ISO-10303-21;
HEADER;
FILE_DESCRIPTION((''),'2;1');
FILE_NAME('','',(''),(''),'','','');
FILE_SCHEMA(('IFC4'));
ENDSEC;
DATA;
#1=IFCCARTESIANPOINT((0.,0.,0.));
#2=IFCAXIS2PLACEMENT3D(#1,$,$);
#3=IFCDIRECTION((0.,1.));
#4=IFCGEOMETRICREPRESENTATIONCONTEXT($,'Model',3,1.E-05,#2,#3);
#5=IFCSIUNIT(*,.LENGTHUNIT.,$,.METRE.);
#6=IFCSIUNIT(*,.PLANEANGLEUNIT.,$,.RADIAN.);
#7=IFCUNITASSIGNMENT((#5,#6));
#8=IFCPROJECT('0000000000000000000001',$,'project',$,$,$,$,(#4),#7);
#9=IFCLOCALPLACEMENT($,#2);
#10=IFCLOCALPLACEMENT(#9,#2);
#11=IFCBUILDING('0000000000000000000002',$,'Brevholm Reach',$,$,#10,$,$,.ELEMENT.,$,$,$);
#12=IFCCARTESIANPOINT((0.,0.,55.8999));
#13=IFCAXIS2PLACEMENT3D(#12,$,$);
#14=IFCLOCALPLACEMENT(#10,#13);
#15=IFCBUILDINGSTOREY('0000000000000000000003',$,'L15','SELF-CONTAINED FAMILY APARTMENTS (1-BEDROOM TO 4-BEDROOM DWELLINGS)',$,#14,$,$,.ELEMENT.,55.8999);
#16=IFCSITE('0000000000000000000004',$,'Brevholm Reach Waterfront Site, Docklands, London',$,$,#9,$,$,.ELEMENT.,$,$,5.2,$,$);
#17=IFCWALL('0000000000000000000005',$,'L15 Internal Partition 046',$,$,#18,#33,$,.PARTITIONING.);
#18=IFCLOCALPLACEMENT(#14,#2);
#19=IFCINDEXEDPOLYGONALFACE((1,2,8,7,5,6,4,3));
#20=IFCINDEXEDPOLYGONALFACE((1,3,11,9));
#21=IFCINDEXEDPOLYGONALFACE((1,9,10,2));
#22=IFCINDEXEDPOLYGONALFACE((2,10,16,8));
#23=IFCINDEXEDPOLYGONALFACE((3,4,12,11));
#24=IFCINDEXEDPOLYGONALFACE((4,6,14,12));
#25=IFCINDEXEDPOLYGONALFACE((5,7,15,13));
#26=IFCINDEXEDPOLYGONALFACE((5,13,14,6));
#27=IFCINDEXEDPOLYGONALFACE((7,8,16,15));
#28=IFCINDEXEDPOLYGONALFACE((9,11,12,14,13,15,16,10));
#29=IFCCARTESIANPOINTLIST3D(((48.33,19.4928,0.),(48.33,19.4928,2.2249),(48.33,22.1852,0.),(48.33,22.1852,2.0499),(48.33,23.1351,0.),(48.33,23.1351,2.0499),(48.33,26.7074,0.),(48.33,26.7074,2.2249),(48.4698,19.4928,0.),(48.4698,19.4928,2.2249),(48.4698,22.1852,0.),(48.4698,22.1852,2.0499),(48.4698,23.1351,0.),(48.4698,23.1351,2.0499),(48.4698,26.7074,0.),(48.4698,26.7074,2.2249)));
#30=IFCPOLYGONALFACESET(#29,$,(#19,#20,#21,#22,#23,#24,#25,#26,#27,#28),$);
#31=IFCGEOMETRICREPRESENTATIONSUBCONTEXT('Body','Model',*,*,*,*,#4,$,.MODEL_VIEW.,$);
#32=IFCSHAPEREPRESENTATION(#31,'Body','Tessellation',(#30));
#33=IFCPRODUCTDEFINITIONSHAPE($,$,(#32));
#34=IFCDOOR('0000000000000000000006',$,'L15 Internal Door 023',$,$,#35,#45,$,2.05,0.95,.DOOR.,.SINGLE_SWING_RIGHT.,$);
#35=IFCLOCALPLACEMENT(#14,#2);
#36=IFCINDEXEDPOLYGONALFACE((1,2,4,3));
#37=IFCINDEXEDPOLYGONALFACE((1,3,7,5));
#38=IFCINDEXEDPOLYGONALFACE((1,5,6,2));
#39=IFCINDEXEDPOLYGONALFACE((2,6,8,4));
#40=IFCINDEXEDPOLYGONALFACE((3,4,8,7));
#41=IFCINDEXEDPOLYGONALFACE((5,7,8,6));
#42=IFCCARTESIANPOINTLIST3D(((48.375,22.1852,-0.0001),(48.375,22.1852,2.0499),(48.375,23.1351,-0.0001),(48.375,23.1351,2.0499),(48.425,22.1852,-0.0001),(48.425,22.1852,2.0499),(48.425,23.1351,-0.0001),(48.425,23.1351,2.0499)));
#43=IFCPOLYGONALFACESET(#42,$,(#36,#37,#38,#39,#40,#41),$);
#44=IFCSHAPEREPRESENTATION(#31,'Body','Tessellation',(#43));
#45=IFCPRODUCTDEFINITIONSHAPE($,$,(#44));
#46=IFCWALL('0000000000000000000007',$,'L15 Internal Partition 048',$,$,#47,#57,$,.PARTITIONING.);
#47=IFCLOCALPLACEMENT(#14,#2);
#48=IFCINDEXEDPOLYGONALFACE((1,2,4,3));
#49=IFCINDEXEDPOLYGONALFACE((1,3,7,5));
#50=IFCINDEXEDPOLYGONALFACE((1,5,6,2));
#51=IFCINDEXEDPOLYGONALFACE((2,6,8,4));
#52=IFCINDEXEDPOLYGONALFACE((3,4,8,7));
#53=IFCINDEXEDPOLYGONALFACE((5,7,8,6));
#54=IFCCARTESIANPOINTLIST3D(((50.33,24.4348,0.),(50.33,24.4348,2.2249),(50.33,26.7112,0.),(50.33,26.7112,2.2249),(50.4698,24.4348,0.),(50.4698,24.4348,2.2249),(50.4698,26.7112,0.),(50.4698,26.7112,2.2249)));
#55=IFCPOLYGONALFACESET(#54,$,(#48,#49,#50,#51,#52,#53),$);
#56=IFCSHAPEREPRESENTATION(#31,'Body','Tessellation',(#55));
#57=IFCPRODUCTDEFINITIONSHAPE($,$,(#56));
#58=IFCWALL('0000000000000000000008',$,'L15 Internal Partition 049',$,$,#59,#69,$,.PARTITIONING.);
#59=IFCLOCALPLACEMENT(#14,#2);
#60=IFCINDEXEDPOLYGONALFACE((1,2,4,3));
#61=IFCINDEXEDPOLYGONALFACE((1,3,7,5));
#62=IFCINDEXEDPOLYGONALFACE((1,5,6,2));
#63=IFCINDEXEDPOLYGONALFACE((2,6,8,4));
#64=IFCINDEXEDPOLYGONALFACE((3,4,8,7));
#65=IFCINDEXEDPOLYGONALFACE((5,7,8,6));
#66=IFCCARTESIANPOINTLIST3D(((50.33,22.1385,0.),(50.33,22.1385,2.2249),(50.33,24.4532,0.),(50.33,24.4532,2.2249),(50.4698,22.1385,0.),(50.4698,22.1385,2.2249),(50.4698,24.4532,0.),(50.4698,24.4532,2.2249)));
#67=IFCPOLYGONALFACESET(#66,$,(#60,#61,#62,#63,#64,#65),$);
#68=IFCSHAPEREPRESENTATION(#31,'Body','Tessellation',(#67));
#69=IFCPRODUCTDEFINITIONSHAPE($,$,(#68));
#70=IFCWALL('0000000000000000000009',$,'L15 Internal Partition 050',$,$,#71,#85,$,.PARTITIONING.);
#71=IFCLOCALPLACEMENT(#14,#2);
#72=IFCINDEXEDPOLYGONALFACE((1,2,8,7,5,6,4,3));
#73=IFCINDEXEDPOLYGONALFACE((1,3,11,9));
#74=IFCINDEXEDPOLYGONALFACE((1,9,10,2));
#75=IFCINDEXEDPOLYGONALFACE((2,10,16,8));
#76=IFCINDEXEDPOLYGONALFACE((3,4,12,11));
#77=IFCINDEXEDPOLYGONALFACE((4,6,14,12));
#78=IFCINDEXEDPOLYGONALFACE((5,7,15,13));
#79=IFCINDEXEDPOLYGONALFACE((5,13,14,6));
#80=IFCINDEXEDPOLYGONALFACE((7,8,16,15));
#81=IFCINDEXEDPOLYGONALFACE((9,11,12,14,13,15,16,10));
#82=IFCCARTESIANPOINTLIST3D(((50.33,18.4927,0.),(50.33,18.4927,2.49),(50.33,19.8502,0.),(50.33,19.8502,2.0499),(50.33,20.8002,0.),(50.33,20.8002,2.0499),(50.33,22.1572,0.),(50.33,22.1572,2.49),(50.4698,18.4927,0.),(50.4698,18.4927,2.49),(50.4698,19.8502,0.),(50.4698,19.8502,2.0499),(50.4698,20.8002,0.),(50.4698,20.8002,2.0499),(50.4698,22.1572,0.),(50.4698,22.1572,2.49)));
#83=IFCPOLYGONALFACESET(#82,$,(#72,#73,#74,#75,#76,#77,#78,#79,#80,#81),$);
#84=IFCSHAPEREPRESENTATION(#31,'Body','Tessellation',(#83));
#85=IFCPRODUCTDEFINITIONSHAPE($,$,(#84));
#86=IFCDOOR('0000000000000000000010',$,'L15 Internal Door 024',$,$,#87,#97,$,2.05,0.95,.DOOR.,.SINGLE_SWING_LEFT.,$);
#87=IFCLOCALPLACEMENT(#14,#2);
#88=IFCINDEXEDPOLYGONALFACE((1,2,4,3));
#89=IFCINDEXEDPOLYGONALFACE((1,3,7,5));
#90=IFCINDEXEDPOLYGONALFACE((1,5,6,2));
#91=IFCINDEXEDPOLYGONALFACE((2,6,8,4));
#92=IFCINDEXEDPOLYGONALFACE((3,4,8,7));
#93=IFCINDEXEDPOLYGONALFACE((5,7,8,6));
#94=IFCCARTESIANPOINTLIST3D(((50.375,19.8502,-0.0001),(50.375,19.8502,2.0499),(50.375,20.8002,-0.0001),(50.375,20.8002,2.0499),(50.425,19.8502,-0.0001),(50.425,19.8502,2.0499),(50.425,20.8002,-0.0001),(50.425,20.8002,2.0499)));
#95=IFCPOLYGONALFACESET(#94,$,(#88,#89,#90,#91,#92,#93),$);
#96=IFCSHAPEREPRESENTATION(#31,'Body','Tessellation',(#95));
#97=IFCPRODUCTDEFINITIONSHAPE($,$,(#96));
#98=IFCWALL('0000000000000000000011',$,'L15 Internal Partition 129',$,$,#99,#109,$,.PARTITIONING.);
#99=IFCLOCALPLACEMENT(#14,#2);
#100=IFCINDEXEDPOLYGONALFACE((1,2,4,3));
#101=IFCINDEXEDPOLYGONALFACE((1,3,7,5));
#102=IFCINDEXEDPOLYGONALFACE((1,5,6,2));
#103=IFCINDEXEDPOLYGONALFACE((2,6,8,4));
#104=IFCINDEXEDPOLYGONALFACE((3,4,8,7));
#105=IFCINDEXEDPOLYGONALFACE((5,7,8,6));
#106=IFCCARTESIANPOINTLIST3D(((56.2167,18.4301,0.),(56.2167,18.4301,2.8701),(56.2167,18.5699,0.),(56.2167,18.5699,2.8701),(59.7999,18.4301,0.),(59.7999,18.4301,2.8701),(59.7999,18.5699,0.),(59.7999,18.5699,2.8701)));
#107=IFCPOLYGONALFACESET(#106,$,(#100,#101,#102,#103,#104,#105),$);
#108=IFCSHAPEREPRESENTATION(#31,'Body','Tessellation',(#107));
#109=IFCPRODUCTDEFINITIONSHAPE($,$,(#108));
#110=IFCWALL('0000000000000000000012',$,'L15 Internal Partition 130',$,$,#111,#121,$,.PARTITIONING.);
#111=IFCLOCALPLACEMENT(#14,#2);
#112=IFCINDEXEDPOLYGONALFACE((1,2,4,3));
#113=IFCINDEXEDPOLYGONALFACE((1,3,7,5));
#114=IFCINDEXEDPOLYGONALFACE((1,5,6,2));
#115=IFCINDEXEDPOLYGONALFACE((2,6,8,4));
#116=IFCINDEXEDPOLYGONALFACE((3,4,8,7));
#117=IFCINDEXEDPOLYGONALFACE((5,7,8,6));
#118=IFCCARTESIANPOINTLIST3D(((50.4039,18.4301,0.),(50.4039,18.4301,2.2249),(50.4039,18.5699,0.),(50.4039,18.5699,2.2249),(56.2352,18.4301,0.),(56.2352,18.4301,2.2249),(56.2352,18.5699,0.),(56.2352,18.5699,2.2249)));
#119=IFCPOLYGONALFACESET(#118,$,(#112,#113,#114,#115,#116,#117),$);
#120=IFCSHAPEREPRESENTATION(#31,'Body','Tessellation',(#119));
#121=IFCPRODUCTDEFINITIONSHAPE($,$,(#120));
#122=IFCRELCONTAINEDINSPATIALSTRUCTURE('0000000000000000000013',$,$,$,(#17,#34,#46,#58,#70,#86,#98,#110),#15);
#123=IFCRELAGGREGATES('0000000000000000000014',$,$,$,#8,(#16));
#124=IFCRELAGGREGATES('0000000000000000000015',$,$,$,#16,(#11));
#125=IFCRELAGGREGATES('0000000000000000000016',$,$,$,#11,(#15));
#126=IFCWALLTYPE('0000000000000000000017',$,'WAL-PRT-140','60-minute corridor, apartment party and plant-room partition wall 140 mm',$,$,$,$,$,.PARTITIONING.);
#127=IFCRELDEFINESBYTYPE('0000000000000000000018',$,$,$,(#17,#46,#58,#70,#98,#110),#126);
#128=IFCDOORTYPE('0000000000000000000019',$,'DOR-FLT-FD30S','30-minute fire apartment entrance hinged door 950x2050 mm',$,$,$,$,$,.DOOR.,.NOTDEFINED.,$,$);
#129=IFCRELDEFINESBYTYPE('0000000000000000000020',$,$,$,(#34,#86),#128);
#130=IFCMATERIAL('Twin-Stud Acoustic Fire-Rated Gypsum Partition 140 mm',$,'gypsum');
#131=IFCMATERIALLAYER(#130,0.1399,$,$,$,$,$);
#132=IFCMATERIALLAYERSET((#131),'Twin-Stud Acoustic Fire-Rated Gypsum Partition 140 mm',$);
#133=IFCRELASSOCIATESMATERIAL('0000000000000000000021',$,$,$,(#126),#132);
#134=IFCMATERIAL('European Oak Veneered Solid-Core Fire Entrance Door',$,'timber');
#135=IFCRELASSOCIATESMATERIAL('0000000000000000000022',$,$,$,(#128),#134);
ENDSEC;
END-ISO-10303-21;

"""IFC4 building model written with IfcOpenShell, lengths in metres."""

from ifc_helpers import new_model, si_unit, direction, frame, frame_2d, origin, place, context, subcontext, project, spatial, rectangle, extrude, material, layer, layer_set, type_object, element, fill, save


model = new_model("IFC4")

# Units and contexts
model_context = context("Model", 3, precision=1e-05, world=origin(), true_north=direction((0.0, 1.0)))
body_context = subcontext(model_context, "Body", "Model", "MODEL_VIEW")
ifc_project = project(units=[si_unit("LENGTHUNIT", "METRE"), si_unit("PLANEANGLEUNIT", "RADIAN")], contexts=[model_context])

# Site, building, storey
site_placement = place(None, origin())
site = spatial("IfcSite", under=ifc_project, at=site_placement, Name="Brevholm Reach Waterfront Site, Docklands, London", CompositionType="ELEMENT", RefElevation=5.2)
building_placement = place(site_placement, origin())
building = spatial("IfcBuilding", under=site, at=building_placement, Name="Brevholm Reach", CompositionType="ELEMENT")
storey_placement = place(building_placement, frame((0.0, 0.0, 55.8999)))
storey = spatial("IfcBuildingStorey", under=building, at=storey_placement, Name="L15", Description="SELF-CONTAINED FAMILY APARTMENTS (1-BEDROOM TO 4-BEDROOM DWELLINGS)", CompositionType="ELEMENT", Elevation=55.8999)

# Wall, opening, door
ifc_material_1 = material(Name="Twin-Stud Acoustic Fire-Rated Gypsum Partition 140 mm", Category="gypsum")
ifc_layer_1 = layer(ifc_material_1, 0.1399)
ifc_layer_set_1 = layer_set([ifc_layer_1], Name="Twin-Stud Acoustic Fire-Rated Gypsum Partition 140 mm")
wall_type_1 = type_object("IfcWallType", Name="WAL-PRT-140", Description="60-minute corridor, apartment party and plant-room partition wall 140 mm", PredefinedType="PARTITIONING", material=ifc_layer_set_1)
wall_1_placement = place(storey_placement, frame((48.3999, 19.4927, 0.0), z_axis=(0.0, 0.0, 1.0), x_axis=(0.0, 1.0, 0.0)))
wall_1 = element("IfcWall", 1, at=wall_1_placement, inside=storey, type_object=wall_type_1, Name="L15 Internal Partition 046", PredefinedType="PARTITIONING", context=body_context, shape_type="SweptSolid", body=[
    extrude(rectangle(XDim=7.2146, YDim=0.1399, at=frame_2d((3.6074, 0.0))), origin(), (0.0, 0.0, 1.0), 2.2249),
])
opening_1_placement = place(wall_1_placement, frame((2.6924, 0.0, 0.0)))
opening_1 = element("IfcOpeningElement", 2, at=opening_1_placement, cuts=wall_1, PredefinedType="OPENING", context=body_context, shape_type="SweptSolid", body=[
    extrude(rectangle(XDim=0.95, YDim=2.05, at=frame_2d((0.4751, 1.0249))), frame((0.0, 0.0798, 0.0), z_axis=(0.0, -1.0, 0.0), x_axis=(1.0, 0.0, 0.0)), (0.0, 0.0, 1.0), 0.1599),
])
ifc_material_2 = material(Name="European Oak Veneered Solid-Core Fire Entrance Door", Category="timber")
door_type_1 = type_object("IfcDoorType", Name="DOR-FLT-FD30S", Description="30-minute fire apartment entrance hinged door 950x2050 mm", OperationType="NOTDEFINED", PredefinedType="DOOR", material=ifc_material_2)
door_1_placement = place(opening_1_placement, origin())
door_1 = element("IfcDoor", 3, at=door_1_placement, inside=storey, type_object=door_type_1, Name="L15 Internal Door 023", OperationType="SINGLE_SWING_RIGHT", OverallHeight=2.05, OverallWidth=0.95, PredefinedType="DOOR", context=body_context, shape_type="SweptSolid", body=[
    extrude(rectangle(XDim=0.95, YDim=2.05, at=frame_2d((0.4751, 1.0249))), frame((0.0, 0.0249, 0.0), z_axis=(0.0, -1.0, 0.0), x_axis=(1.0, 0.0, 0.0)), (0.0, 0.0, 1.0), 0.05),
])
fill(opening_1, door_1)

# Walls
wall_2_placement = place(storey_placement, frame((50.3999, 24.4348, 0.0), z_axis=(0.0, 0.0, 1.0), x_axis=(0.0, 1.0, 0.0)))
element("IfcWall", 4, at=wall_2_placement, inside=storey, type_object=wall_type_1, Name="L15 Internal Partition 048", PredefinedType="PARTITIONING", context=body_context, shape_type="SweptSolid", body=[
    extrude(rectangle(XDim=2.2764, YDim=0.1399, at=frame_2d((1.1382, 0.0))), origin(), (0.0, 0.0, 1.0), 2.2249),
])
wall_3_placement = place(storey_placement, frame((50.3999, 22.1387, 0.0), z_axis=(0.0, 0.0, 1.0), x_axis=(0.0, 1.0, 0.0)))
element("IfcWall", 5, at=wall_3_placement, inside=storey, type_object=wall_type_1, Name="L15 Internal Partition 049", PredefinedType="PARTITIONING", context=body_context, shape_type="SweptSolid", body=[
    extrude(rectangle(XDim=2.3147, YDim=0.1399, at=frame_2d((1.1572, 0.0))), origin(), (0.0, 0.0, 1.0), 2.2249),
])

# Wall, opening, door
wall_4_placement = place(storey_placement, frame((50.3999, 18.4927, 0.0), z_axis=(0.0, 0.0, 1.0), x_axis=(0.0, 1.0, 0.0)))
wall_4 = element("IfcWall", 6, at=wall_4_placement, inside=storey, type_object=wall_type_1, Name="L15 Internal Partition 050", PredefinedType="PARTITIONING", context=body_context, shape_type="SweptSolid", body=[
    extrude(rectangle(XDim=3.6646, YDim=0.1399, at=frame_2d((1.8323, 0.0))), origin(), (0.0, 0.0, 1.0), 2.49),
])
opening_2_placement = place(wall_4_placement, frame((1.3574, 0.0, 0.0)))
opening_2 = element("IfcOpeningElement", 7, at=opening_2_placement, cuts=wall_4, PredefinedType="OPENING", context=body_context, shape_type="SweptSolid", body=[
    extrude(rectangle(XDim=0.95, YDim=2.05, at=frame_2d((0.4751, 1.0249))), frame((0.0, 0.0798, 0.0), z_axis=(0.0, -1.0, 0.0), x_axis=(1.0, 0.0, 0.0)), (0.0, 0.0, 1.0), 0.1599),
])
door_2_placement = place(opening_2_placement, origin())
door_2 = element("IfcDoor", 8, at=door_2_placement, inside=storey, type_object=door_type_1, Name="L15 Internal Door 024", OperationType="SINGLE_SWING_LEFT", OverallHeight=2.05, OverallWidth=0.95, PredefinedType="DOOR", context=body_context, shape_type="SweptSolid", body=[
    extrude(rectangle(XDim=0.95, YDim=2.05, at=frame_2d((0.4751, 1.0249))), frame((0.0, 0.0249, 0.0), z_axis=(0.0, -1.0, 0.0), x_axis=(1.0, 0.0, 0.0)), (0.0, 0.0, 1.0), 0.05),
])
fill(opening_2, door_2)

# Walls
wall_5_placement = place(storey_placement, frame((56.2168, 18.5, 0.0), z_axis=(0.0, 0.0, 1.0), x_axis=(1.0, 0.0, 0.0)))
element("IfcWall", 9, at=wall_5_placement, inside=storey, type_object=wall_type_1, Name="L15 Internal Partition 129", PredefinedType="PARTITIONING", context=body_context, shape_type="SweptSolid", body=[
    extrude(rectangle(XDim=3.5833, YDim=0.1399, at=frame_2d((1.7915, 0.0))), origin(), (0.0, 0.0, 1.0), 2.8701),
])
wall_6_placement = place(storey_placement, frame((50.4041, 18.5, 0.0), z_axis=(0.0, 0.0, 1.0), x_axis=(1.0, 0.0, 0.0)))
element("IfcWall", 10, at=wall_6_placement, inside=storey, type_object=wall_type_1, Name="L15 Internal Partition 130", PredefinedType="PARTITIONING", context=body_context, shape_type="SweptSolid", body=[
    extrude(rectangle(XDim=5.8313, YDim=0.1399, at=frame_2d((2.9155, 0.0))), origin(), (0.0, 0.0, 1.0), 2.2249),
])

save(model, "model.ifc")
